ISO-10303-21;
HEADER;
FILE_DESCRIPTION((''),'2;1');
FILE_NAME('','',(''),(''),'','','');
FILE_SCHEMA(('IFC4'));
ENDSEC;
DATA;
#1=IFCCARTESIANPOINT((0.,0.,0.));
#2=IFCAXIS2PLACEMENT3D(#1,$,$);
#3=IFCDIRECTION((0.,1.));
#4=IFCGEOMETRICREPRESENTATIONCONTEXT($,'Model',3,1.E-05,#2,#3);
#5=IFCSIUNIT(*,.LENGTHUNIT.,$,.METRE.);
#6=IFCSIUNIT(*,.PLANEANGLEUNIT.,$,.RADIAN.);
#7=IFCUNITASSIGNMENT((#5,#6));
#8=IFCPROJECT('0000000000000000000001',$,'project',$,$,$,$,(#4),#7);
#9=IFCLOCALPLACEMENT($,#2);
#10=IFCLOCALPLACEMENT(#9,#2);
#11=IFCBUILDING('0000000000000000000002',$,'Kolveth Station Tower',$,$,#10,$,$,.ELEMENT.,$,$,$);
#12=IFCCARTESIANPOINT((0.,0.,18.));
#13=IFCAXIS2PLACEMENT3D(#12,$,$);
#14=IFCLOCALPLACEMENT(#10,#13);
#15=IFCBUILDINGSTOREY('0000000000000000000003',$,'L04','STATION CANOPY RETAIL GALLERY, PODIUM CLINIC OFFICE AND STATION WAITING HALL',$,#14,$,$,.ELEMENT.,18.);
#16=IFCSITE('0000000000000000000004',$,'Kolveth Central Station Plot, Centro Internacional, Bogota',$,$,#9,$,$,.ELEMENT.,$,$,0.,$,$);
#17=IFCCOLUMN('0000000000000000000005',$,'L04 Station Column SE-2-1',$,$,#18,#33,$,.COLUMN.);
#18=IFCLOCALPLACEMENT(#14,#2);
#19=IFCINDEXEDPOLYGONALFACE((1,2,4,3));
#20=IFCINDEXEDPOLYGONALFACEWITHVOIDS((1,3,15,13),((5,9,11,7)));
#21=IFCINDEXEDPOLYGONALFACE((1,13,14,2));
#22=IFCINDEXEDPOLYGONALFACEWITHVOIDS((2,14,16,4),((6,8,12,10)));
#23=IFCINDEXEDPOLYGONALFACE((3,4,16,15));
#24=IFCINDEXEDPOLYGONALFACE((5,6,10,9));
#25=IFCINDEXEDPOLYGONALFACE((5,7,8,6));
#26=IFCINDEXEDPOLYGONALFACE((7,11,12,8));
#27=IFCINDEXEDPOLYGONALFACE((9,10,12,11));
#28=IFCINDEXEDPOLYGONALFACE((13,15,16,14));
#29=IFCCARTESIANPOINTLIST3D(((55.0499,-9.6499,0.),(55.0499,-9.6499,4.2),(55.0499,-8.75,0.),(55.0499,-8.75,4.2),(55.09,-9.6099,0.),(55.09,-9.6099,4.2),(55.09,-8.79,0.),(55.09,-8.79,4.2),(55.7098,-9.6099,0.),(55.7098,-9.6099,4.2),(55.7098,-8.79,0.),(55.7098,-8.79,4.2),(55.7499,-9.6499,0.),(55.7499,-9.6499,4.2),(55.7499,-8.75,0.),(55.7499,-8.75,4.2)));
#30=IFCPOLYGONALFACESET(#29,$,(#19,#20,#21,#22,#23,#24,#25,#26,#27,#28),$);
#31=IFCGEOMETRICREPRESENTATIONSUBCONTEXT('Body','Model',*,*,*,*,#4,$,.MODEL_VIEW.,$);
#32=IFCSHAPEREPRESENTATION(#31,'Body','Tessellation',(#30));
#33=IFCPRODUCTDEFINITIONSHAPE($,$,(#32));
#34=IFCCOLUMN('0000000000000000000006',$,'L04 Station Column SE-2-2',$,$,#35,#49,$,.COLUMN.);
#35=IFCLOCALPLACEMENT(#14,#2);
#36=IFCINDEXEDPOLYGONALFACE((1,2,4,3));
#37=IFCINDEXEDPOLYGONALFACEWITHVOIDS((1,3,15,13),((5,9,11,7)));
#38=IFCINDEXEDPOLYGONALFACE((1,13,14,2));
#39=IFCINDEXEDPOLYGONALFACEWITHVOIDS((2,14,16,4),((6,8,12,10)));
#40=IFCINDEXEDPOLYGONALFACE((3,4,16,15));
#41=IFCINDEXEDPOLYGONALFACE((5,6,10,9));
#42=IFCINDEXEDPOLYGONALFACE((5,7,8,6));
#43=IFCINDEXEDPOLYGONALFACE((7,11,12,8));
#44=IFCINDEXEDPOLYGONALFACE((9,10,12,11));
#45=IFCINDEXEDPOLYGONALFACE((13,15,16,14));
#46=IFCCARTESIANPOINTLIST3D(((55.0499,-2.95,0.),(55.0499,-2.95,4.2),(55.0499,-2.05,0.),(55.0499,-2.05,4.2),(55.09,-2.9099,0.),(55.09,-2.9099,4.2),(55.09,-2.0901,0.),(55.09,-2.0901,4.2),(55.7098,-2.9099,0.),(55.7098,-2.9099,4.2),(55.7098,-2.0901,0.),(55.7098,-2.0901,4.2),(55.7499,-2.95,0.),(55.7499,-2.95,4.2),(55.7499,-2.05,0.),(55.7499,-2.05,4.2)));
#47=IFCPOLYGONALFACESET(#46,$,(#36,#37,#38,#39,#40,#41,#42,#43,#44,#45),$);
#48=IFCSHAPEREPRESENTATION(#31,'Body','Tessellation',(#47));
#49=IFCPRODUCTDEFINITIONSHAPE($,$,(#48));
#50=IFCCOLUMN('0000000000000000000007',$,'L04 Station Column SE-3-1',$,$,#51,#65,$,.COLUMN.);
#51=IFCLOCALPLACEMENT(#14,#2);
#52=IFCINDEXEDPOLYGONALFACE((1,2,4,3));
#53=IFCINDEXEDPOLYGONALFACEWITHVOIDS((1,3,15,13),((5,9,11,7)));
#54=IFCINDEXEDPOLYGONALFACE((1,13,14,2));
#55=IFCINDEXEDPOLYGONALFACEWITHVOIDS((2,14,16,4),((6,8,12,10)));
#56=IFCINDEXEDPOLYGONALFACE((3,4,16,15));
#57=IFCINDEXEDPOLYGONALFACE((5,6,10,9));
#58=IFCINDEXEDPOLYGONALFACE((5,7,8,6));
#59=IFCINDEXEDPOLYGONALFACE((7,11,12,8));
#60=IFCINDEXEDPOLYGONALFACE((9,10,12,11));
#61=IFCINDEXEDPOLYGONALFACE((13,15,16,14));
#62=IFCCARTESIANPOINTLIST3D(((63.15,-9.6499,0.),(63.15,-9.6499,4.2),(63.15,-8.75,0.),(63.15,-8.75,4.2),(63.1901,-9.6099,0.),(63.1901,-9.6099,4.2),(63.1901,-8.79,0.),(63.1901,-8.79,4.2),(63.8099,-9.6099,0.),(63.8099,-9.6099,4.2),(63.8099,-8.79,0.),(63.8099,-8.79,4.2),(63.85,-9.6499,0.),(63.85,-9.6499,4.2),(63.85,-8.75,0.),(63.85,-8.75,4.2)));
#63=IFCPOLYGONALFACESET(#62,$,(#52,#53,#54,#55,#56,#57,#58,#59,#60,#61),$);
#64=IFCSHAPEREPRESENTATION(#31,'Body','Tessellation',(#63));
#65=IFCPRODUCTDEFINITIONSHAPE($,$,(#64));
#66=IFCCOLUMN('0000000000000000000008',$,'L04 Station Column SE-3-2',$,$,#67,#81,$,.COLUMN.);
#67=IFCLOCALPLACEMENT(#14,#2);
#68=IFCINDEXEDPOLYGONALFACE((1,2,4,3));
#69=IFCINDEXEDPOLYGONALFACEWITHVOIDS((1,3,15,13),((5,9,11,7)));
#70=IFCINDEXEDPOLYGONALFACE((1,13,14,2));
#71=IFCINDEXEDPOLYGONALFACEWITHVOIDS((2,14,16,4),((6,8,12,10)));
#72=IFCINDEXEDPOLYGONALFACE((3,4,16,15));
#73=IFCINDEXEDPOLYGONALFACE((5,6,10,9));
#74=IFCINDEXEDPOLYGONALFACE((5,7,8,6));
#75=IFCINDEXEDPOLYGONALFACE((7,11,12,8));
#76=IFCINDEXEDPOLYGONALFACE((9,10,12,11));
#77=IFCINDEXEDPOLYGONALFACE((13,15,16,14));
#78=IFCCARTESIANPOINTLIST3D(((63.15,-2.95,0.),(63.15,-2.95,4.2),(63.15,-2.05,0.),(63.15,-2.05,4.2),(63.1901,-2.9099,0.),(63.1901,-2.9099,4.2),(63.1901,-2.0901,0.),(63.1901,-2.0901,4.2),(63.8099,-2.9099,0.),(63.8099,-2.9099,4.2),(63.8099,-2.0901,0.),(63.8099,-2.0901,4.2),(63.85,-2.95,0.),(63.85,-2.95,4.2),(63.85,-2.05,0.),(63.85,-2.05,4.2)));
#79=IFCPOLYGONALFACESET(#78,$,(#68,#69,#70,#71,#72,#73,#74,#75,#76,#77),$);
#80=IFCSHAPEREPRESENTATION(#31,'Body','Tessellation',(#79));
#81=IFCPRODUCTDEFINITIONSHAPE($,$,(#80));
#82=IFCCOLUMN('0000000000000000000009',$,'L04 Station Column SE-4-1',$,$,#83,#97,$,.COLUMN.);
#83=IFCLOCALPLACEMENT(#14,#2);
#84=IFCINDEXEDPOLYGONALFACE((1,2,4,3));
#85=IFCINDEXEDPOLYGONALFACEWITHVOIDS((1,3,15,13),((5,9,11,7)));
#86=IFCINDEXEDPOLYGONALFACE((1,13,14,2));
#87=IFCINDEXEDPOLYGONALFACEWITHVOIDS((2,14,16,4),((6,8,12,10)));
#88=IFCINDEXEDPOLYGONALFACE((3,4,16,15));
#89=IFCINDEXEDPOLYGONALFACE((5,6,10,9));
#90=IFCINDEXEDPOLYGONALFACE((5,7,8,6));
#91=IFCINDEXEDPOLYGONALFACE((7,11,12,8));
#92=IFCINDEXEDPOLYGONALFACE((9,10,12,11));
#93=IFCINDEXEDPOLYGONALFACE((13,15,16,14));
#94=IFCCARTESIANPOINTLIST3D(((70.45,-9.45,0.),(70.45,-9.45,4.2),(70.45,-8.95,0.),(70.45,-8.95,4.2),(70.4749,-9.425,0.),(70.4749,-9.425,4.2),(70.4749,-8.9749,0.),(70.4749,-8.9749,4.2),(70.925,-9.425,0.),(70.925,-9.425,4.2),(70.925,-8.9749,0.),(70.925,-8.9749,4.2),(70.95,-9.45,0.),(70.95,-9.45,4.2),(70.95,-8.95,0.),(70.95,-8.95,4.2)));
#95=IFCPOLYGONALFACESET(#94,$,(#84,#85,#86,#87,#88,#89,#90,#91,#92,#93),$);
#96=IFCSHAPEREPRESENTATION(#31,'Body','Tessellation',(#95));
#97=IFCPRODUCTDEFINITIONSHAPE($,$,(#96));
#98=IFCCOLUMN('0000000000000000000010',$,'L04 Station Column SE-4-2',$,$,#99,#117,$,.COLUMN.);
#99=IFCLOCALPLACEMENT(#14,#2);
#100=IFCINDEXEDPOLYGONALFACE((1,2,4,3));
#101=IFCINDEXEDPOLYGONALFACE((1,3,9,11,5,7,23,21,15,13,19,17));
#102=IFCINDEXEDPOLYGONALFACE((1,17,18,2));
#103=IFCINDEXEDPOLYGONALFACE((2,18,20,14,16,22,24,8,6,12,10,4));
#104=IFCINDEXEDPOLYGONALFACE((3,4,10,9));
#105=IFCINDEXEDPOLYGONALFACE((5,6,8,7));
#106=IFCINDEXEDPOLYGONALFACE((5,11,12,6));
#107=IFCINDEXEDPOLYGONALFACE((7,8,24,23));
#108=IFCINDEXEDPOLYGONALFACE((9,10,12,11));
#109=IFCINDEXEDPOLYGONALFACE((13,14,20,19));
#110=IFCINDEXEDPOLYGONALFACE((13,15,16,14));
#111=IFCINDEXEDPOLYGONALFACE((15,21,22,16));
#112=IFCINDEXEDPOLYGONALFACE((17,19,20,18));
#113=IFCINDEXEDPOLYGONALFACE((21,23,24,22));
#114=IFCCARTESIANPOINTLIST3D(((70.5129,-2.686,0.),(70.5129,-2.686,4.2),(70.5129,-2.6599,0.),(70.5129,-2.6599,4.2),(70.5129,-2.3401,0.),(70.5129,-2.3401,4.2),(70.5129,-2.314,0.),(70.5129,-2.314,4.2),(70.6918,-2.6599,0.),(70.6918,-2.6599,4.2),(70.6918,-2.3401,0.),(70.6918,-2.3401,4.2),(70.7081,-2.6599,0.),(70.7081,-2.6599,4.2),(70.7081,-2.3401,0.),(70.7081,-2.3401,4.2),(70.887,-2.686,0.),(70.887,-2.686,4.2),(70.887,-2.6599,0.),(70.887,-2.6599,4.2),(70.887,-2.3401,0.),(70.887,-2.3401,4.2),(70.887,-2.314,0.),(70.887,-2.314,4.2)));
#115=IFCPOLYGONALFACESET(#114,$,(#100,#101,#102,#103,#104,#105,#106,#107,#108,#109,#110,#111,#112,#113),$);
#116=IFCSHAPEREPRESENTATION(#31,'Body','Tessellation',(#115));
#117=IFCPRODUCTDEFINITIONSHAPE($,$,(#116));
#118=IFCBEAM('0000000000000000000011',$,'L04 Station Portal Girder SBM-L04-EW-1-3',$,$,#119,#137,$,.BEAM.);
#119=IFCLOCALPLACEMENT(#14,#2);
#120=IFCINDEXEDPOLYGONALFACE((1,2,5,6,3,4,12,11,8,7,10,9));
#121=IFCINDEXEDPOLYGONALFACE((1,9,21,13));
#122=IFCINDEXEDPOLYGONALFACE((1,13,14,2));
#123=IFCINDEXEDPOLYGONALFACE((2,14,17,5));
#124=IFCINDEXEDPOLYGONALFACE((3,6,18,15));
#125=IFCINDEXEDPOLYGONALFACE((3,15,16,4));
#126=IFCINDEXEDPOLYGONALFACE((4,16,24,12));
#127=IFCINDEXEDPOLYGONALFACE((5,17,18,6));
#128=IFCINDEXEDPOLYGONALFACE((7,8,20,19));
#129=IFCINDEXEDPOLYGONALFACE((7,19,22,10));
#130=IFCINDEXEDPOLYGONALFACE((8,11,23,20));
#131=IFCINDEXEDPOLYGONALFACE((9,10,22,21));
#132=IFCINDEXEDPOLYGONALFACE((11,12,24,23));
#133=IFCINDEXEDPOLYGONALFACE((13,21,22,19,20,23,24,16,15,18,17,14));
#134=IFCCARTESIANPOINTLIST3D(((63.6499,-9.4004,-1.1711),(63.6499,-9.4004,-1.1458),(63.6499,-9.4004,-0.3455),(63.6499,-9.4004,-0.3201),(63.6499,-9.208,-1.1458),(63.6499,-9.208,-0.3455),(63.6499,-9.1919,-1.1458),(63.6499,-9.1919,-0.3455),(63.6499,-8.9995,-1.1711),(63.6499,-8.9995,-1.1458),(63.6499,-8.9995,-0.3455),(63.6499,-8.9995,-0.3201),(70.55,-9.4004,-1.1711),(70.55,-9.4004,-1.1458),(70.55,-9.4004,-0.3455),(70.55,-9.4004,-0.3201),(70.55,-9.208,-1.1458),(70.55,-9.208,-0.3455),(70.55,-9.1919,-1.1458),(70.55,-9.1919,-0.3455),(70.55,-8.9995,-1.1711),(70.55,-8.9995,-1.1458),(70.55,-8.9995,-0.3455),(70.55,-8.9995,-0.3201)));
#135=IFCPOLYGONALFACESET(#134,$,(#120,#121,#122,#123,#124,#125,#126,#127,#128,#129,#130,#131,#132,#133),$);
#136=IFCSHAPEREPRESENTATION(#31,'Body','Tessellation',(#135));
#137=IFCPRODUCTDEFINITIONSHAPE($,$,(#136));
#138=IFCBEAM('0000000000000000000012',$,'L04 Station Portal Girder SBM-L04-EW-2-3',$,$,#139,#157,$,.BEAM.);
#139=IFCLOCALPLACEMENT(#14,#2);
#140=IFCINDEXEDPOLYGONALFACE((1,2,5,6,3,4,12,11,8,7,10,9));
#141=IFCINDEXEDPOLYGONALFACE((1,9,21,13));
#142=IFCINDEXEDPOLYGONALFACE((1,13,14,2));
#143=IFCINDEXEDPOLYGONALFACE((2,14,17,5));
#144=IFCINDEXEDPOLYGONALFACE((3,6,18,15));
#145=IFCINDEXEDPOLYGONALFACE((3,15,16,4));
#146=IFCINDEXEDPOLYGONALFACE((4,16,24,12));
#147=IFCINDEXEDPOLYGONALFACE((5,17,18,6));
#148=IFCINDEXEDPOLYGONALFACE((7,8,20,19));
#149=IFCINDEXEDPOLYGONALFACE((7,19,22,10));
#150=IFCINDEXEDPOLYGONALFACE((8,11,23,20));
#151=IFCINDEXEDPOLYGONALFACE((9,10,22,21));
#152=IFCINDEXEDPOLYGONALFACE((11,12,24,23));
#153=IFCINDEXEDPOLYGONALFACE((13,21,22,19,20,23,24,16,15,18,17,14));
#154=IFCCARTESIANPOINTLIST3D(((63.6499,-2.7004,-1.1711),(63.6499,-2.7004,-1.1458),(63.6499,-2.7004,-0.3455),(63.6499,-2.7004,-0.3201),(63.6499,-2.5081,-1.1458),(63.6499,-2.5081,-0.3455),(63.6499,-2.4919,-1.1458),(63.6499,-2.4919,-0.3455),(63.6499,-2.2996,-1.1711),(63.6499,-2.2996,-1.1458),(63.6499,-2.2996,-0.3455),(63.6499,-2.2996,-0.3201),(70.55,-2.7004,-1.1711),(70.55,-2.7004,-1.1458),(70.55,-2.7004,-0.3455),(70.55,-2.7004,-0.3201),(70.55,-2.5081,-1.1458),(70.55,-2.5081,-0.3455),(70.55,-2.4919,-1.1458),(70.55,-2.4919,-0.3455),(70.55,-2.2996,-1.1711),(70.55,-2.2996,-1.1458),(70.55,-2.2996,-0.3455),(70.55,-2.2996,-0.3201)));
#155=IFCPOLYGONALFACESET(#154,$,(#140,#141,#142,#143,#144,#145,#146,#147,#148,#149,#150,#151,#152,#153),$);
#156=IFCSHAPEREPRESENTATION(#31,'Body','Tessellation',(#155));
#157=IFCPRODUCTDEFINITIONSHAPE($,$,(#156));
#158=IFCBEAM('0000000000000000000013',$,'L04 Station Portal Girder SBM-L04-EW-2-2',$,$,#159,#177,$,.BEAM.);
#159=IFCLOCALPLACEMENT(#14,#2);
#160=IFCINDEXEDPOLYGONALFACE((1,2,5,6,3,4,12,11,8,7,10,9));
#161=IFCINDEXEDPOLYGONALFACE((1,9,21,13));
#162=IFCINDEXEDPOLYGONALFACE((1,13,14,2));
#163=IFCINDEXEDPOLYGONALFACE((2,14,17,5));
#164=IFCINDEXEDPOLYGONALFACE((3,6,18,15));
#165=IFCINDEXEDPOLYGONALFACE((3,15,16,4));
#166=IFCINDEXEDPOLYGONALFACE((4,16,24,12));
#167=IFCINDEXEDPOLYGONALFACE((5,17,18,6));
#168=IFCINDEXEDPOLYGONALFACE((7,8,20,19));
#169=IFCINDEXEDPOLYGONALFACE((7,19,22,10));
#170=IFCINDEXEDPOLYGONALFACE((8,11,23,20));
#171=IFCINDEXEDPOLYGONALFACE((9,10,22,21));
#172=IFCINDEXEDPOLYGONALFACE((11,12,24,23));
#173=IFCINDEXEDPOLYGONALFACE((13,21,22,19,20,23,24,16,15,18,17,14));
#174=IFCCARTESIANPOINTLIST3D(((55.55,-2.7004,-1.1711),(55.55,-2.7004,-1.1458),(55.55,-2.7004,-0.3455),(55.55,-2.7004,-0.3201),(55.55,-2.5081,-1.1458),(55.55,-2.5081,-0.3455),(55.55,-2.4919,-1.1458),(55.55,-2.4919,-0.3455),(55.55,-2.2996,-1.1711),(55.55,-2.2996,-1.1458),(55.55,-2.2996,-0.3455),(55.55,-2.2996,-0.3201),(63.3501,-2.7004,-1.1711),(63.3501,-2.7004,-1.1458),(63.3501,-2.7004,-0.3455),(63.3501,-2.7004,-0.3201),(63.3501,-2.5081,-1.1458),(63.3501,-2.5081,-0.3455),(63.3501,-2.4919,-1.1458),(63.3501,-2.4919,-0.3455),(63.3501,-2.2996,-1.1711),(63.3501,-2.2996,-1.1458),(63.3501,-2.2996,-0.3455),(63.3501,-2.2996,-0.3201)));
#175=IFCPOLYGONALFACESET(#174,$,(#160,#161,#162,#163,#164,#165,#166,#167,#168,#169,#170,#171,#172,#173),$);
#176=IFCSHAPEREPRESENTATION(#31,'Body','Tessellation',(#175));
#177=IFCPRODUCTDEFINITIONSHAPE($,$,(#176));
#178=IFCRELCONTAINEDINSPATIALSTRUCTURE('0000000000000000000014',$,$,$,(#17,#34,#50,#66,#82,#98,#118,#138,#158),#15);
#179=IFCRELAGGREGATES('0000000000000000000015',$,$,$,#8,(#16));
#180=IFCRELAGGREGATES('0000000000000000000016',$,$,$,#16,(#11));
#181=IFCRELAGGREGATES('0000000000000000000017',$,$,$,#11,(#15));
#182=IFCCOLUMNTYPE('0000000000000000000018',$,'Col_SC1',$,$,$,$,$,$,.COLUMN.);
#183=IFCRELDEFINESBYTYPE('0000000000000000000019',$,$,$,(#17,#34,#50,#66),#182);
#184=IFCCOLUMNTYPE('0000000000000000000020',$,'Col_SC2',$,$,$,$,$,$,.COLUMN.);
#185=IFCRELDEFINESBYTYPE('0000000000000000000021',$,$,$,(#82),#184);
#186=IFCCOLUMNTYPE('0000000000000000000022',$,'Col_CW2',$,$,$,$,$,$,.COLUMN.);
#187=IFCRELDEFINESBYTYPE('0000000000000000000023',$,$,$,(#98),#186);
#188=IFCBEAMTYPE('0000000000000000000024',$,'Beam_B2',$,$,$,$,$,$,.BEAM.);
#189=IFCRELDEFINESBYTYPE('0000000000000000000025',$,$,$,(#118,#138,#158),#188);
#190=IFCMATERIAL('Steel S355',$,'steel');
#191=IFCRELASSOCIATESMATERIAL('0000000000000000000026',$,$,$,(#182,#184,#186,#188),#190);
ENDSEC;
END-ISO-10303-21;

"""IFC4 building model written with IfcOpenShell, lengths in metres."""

from ifc_helpers import new_model, si_unit, direction, frame, origin, origin_2d, place, context, subcontext, project, spatial, hollow_rectangle, i_section, extrude, source, transform, mapped, material, material_profile, profile_set, type_object, element, save


model = new_model("IFC4")

# Units and contexts
model_context = context("Model", 3, precision=1e-05, world=origin(), true_north=direction((0.0, 1.0)))
body_context = subcontext(model_context, "Body", "Model", "MODEL_VIEW")
ifc_project = project(units=[si_unit("LENGTHUNIT", "METRE"), si_unit("PLANEANGLEUNIT", "RADIAN")], contexts=[model_context])

# Site, building, storey
site_placement = place(None, origin())
site = spatial("IfcSite", under=ifc_project, at=site_placement, Name="Kolveth Central Station Plot, Centro Internacional, Bogota", CompositionType="ELEMENT", RefElevation=0.0)
building_placement = place(site_placement, origin())
building = spatial("IfcBuilding", under=site, at=building_placement, Name="Kolveth Station Tower", CompositionType="ELEMENT")
storey_placement = place(building_placement, frame((0.0, 0.0, 18.0)))
storey = spatial("IfcBuildingStorey", under=building, at=storey_placement, Name="L04", Description="STATION CANOPY RETAIL GALLERY, PODIUM CLINIC OFFICE AND STATION WAITING HALL", CompositionType="ELEMENT", Elevation=18.0)

# Columns
ifc_material_1 = material(Name="Steel S355", Category="steel")
ifc_material_profile_1 = material_profile(ifc_material_1, hollow_rectangle(XDim=0.7, YDim=0.8999, WallThickness=0.04, at=origin_2d()), Name="BOX900x700x40")
ifc_profile_set_1 = profile_set([ifc_material_profile_1], Name="Steel S355")
column_type_1 = type_object("IfcColumnType", Name="Col_SC1", PredefinedType="COLUMN", material=ifc_profile_set_1)
shared_shape_1 = source(origin(), body_context, "Body", "SweptSolid", [
    extrude(hollow_rectangle(XDim=0.7, YDim=0.8999, WallThickness=0.04, at=origin_2d()), origin(), (0.0, 0.0, 1.0), 4.2),
])
for number, where, z_axis, x_axis, name in (
    (1, (55.3999, -9.2, 0.0), (0.0, 0.0, 1.0), (1.0, 0.0, 0.0), "L04 Station Column SE-2-1"),
    (2, (55.3999, -2.5, 0.0), (0.0, 0.0, 1.0), (1.0, 0.0, 0.0), "L04 Station Column SE-2-2"),
    (3, (63.5, -9.2, 0.0), (0.0, 0.0, 1.0), (1.0, 0.0, 0.0), "L04 Station Column SE-3-1"),
    (4, (63.5, -2.5, 0.0), (0.0, 0.0, 1.0), (1.0, 0.0, 0.0), "L04 Station Column SE-3-2"),
):
    element("IfcColumn", number, at=place(storey_placement, frame(where, z_axis=z_axis, x_axis=x_axis)), inside=storey, type_object=column_type_1, Name=name, PredefinedType="COLUMN", context=body_context, shape_type="MappedRepresentation", body=[
        mapped(shared_shape_1, transform((0.0, 0.0, 0.0), x_axis=(1.0, 0.0, 0.0), y_axis=(0.0, 1.0, 0.0), z_axis=(0.0, 0.0, 1.0), scale=1.0)),
    ])
ifc_material_profile_2 = material_profile(ifc_material_1, hollow_rectangle(XDim=0.5, YDim=0.5, WallThickness=0.0249, at=origin_2d()), Name="HSS500x500x25")
ifc_profile_set_2 = profile_set([ifc_material_profile_2], Name="Steel S355")
column_type_2 = type_object("IfcColumnType", Name="Col_SC2", PredefinedType="COLUMN", material=ifc_profile_set_2)
shared_shape_2 = source(origin(), body_context, "Body", "SweptSolid", [
    extrude(hollow_rectangle(XDim=0.5, YDim=0.5, WallThickness=0.0249, at=origin_2d()), origin(), (0.0, 0.0, 1.0), 4.2),
])
column_1_placement = place(storey_placement, frame((70.7, -9.2, 0.0), z_axis=(0.0, 0.0, 1.0), x_axis=(1.0, 0.0, 0.0)))
element("IfcColumn", 5, at=column_1_placement, inside=storey, type_object=column_type_2, Name="L04 Station Column SE-4-1", PredefinedType="COLUMN", context=body_context, shape_type="MappedRepresentation", body=[
    mapped(shared_shape_2, transform((0.0, 0.0, 0.0), x_axis=(1.0, 0.0, 0.0), y_axis=(0.0, 1.0, 0.0), z_axis=(0.0, 0.0, 1.0), scale=1.0)),
])
ifc_material_profile_3 = material_profile(ifc_material_1, i_section(OverallWidth=0.374, OverallDepth=0.3721, WebThickness=0.0164, FlangeThickness=0.0261, at=origin_2d()), Name="W360x196")
ifc_profile_set_3 = profile_set([ifc_material_profile_3], Name="Steel S355")
column_type_3 = type_object("IfcColumnType", Name="Col_CW2", PredefinedType="COLUMN", material=ifc_profile_set_3)
shared_shape_3 = source(origin(), body_context, "Body", "SweptSolid", [
    extrude(i_section(OverallWidth=0.374, OverallDepth=0.3721, WebThickness=0.0164, FlangeThickness=0.0261, at=origin_2d()), origin(), (0.0, 0.0, 1.0), 4.2),
])
column_2_placement = place(storey_placement, frame((70.7, -2.5, 0.0), z_axis=(0.0, 0.0, 1.0), x_axis=(1.0, 0.0, 0.0)))
element("IfcColumn", 6, at=column_2_placement, inside=storey, type_object=column_type_3, Name="L04 Station Column SE-4-2", PredefinedType="COLUMN", context=body_context, shape_type="MappedRepresentation", body=[
    mapped(shared_shape_3, transform((0.0, 0.0, 0.0), x_axis=(1.0, 0.0, 0.0), y_axis=(0.0, 1.0, 0.0), z_axis=(0.0, 0.0, 1.0), scale=1.0)),
])

# Beams
ifc_material_profile_4 = material_profile(ifc_material_1, i_section(OverallWidth=0.4009, OverallDepth=0.8511, WebThickness=0.0161, FlangeThickness=0.0254, at=origin_2d()), Name="W840x226")
ifc_profile_set_4 = profile_set([ifc_material_profile_4], Name="Steel S355")
beam_type_1 = type_object("IfcBeamType", Name="Beam_B2", PredefinedType="BEAM", material=ifc_profile_set_4)
shared_shape_4 = source(origin(), body_context, "Body", "SweptSolid", [
    extrude(i_section(OverallWidth=0.4009, OverallDepth=0.8511, WebThickness=0.0161, FlangeThickness=0.0254, at=origin_2d()), origin(), (0.0, 0.0, 1.0), 6.9001),
])
for number, where, z_axis, x_axis, name in (
    (7, (63.6499, -9.2, -0.7456), (1.0, 0.0, 0.0), (0.0, 1.0, 0.0), "L04 Station Portal Girder SBM-L04-EW-1-3"),
    (8, (63.6499, -2.5, -0.7456), (1.0, 0.0, 0.0), (0.0, 1.0, 0.0), "L04 Station Portal Girder SBM-L04-EW-2-3"),
):
    element("IfcBeam", number, at=place(storey_placement, frame(where, z_axis=z_axis, x_axis=x_axis)), inside=storey, type_object=beam_type_1, Name=name, PredefinedType="BEAM", context=body_context, shape_type="MappedRepresentation", body=[
        mapped(shared_shape_4, transform((0.0, 0.0, 0.0), x_axis=(1.0, 0.0, 0.0), y_axis=(0.0, 1.0, 0.0), z_axis=(0.0, 0.0, 1.0), scale=1.0)),
    ])
shared_shape_5 = source(origin(), body_context, "Body", "SweptSolid", [
    extrude(i_section(OverallWidth=0.4009, OverallDepth=0.8511, WebThickness=0.0161, FlangeThickness=0.0254, at=origin_2d()), origin(), (0.0, 0.0, 1.0), 7.8),
])
beam_placement = place(storey_placement, frame((55.55, -2.5, -0.7456), z_axis=(1.0, 0.0, 0.0), x_axis=(0.0, 1.0, 0.0)))
element("IfcBeam", 9, at=beam_placement, inside=storey, type_object=beam_type_1, Name="L04 Station Portal Girder SBM-L04-EW-2-2", PredefinedType="BEAM", context=body_context, shape_type="MappedRepresentation", body=[
    mapped(shared_shape_5, transform((0.0, 0.0, 0.0), x_axis=(1.0, 0.0, 0.0), y_axis=(0.0, 1.0, 0.0), z_axis=(0.0, 0.0, 1.0), scale=1.0)),
])

save(model, "model.ifc")
